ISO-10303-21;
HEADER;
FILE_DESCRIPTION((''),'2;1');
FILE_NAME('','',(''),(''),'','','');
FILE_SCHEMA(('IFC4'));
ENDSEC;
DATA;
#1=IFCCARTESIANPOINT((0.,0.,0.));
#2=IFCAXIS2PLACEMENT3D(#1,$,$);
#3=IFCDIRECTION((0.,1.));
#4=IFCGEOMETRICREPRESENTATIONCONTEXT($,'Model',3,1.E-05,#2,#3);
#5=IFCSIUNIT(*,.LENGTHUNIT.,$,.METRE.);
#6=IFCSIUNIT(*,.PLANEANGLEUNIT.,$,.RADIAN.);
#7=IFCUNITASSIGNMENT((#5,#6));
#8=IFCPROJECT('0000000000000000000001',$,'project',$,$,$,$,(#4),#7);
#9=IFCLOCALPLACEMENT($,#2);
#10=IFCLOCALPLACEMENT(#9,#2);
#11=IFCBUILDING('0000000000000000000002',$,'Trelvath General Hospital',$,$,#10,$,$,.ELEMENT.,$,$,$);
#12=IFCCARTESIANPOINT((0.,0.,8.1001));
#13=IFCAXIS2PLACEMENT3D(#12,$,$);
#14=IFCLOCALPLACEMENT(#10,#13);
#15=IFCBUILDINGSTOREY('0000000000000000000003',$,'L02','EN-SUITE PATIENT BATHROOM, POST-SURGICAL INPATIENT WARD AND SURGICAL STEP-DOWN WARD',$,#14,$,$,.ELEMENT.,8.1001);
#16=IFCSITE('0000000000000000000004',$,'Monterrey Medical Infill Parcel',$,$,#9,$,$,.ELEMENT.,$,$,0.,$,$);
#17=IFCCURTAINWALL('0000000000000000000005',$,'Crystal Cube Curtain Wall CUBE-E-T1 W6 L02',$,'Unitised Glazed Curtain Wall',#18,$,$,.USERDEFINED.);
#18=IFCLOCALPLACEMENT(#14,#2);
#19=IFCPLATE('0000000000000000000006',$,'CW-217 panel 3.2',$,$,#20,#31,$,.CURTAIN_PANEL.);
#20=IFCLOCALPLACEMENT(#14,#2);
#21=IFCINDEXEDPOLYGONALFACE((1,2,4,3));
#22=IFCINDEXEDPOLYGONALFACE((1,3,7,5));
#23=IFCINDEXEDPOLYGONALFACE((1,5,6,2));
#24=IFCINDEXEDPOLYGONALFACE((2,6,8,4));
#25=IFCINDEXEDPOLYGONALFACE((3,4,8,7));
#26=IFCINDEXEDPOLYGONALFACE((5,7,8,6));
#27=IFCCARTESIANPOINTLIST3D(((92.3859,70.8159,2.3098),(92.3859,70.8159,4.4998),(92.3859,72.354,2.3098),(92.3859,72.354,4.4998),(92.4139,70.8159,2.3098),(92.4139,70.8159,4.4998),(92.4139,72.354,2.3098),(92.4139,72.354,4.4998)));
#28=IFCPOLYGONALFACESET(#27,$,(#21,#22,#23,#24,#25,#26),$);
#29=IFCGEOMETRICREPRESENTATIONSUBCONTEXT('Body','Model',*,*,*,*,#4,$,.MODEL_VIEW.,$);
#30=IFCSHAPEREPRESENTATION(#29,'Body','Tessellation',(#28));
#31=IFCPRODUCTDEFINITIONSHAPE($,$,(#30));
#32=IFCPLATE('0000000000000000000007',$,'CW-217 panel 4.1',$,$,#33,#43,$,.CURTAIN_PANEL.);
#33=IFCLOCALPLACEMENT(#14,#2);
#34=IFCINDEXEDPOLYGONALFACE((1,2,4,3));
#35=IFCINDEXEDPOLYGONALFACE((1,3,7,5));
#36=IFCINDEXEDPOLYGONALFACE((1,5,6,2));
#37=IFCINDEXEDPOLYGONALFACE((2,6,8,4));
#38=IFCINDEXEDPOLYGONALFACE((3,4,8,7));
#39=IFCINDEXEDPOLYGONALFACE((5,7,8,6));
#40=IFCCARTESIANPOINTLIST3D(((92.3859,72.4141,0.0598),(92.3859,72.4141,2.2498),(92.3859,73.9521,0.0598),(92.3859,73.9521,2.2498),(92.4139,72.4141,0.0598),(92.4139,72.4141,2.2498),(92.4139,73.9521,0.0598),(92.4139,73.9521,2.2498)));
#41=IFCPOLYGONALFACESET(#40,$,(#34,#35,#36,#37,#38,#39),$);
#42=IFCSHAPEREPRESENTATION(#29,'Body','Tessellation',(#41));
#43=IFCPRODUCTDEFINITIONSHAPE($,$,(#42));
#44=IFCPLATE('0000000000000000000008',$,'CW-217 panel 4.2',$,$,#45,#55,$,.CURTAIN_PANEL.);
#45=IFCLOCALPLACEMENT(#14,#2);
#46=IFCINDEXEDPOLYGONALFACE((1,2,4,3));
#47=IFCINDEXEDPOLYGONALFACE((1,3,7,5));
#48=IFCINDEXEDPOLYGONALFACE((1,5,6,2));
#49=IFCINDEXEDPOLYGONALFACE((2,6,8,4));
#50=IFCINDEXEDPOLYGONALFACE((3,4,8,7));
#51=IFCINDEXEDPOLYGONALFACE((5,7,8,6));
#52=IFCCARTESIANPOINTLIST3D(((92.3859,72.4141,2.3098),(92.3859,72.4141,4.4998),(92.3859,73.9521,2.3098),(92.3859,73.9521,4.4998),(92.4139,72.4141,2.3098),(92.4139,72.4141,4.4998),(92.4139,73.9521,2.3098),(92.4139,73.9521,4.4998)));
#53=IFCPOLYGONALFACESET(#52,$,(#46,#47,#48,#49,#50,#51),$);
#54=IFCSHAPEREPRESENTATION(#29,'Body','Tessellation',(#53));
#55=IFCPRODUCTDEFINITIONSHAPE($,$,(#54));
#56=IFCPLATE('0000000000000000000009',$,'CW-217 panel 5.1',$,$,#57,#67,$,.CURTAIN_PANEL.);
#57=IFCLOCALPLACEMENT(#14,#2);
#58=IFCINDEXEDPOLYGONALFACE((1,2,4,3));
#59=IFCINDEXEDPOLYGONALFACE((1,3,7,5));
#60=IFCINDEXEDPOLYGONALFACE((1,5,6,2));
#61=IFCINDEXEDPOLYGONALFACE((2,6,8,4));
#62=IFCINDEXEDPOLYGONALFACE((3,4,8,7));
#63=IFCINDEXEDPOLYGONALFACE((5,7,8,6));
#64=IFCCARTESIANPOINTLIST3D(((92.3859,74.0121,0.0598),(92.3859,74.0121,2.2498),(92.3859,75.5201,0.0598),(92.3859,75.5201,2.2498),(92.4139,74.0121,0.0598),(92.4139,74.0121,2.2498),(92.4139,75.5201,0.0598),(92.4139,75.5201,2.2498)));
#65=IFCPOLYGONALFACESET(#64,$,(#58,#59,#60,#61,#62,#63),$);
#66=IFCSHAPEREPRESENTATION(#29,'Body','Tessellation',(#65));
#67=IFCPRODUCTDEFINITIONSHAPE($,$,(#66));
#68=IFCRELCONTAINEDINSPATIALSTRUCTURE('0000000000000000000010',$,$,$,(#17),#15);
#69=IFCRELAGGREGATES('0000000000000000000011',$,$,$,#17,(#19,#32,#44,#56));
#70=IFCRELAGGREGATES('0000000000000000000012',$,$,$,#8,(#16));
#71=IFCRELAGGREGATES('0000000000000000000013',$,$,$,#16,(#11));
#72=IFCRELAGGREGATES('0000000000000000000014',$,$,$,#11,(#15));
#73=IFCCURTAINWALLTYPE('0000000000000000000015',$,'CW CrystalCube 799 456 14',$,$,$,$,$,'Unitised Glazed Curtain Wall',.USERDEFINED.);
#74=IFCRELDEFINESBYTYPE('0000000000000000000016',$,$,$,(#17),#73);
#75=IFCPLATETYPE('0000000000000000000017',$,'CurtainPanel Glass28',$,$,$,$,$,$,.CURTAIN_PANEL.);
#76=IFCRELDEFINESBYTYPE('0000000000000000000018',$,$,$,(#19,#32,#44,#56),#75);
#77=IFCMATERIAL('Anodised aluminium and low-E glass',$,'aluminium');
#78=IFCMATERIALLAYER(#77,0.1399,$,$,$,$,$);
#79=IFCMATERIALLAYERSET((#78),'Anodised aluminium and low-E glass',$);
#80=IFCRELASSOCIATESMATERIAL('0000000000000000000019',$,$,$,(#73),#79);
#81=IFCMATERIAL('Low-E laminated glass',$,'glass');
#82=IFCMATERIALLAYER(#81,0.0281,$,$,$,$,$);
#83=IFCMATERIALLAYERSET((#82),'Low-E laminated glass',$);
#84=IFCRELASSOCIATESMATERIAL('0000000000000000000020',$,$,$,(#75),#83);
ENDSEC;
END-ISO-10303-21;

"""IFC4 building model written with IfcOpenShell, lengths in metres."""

from ifc_helpers import new_model, si_unit, direction, frame, origin, origin_2d, place, context, subcontext, project, spatial, rectangle, extrude, material, layer, layer_set, type_object, element, aggregate, save


model = new_model("IFC4")

# Units and contexts
model_context = context("Model", 3, precision=1e-05, world=origin(), true_north=direction((0.0, 1.0)))
body_context = subcontext(model_context, "Body", "Model", "MODEL_VIEW")
ifc_project = project(units=[si_unit("LENGTHUNIT", "METRE"), si_unit("PLANEANGLEUNIT", "RADIAN")], contexts=[model_context])

# Site, building, storey
site_placement = place(None, origin())
site = spatial("IfcSite", under=ifc_project, at=site_placement, Name="Monterrey Medical Infill Parcel", CompositionType="ELEMENT", RefElevation=0.0)
building_placement = place(site_placement, origin())
building = spatial("IfcBuilding", under=site, at=building_placement, Name="Trelvath General Hospital", CompositionType="ELEMENT")
storey_placement = place(building_placement, frame((0.0, 0.0, 8.1001)))
storey = spatial("IfcBuildingStorey", under=building, at=storey_placement, Name="L02", Description="EN-SUITE PATIENT BATHROOM, POST-SURGICAL INPATIENT WARD AND SURGICAL STEP-DOWN WARD", CompositionType="ELEMENT", Elevation=8.1001)

# Curtain wall, plates
ifc_material_1 = material(Name="Anodised aluminium and low-E glass", Category="aluminium")
ifc_layer_1 = layer(ifc_material_1, 0.1399)
ifc_layer_set_1 = layer_set([ifc_layer_1], Name="Anodised aluminium and low-E glass")
curtain_wall_type = type_object("IfcCurtainWallType", Name="CW CrystalCube 799 456 14", ElementType="Unitised Glazed Curtain Wall", PredefinedType="USERDEFINED", material=ifc_layer_set_1)
curtain_wall_placement = place(storey_placement, origin())
curtain_wall = element("IfcCurtainWall", 1, at=curtain_wall_placement, inside=storey, type_object=curtain_wall_type, Name="Crystal Cube Curtain Wall CUBE-E-T1 W6 L02", ObjectType="Unitised Glazed Curtain Wall", PredefinedType="USERDEFINED")
ifc_material_2 = material(Name="Low-E laminated glass", Category="glass")
ifc_layer_2 = layer(ifc_material_2, 0.0281)
ifc_layer_set_2 = layer_set([ifc_layer_2], Name="Low-E laminated glass")
plate_type = type_object("IfcPlateType", Name="CurtainPanel Glass28", PredefinedType="CURTAIN_PANEL", material=ifc_layer_set_2)
plate_1_placement = place(storey_placement, frame((92.3999, 71.585, 2.3098), z_axis=(0.0, 0.0, 1.0), x_axis=(0.0, 1.0, 0.0)))
plate_1 = element("IfcPlate", 2, at=plate_1_placement, type_object=plate_type, Name="CW-217 panel 3.2", PredefinedType="CURTAIN_PANEL", context=body_context, shape_type="SweptSolid", body=[
    extrude(rectangle(XDim=1.5381, YDim=0.0281, at=origin_2d()), origin(), (0.0, 0.0, 1.0), 2.1899),
])
plate_2_placement = place(storey_placement, frame((92.3999, 73.1831, 0.0598), z_axis=(0.0, 0.0, 1.0), x_axis=(0.0, 1.0, 0.0)))
plate_2 = element("IfcPlate", 3, at=plate_2_placement, type_object=plate_type, Name="CW-217 panel 4.1", PredefinedType="CURTAIN_PANEL", context=body_context, shape_type="SweptSolid", body=[
    extrude(rectangle(XDim=1.5381, YDim=0.0281, at=origin_2d()), origin(), (0.0, 0.0, 1.0), 2.1899),
])
plate_3_placement = place(storey_placement, frame((92.3999, 73.1831, 2.3098), z_axis=(0.0, 0.0, 1.0), x_axis=(0.0, 1.0, 0.0)))
plate_3 = element("IfcPlate", 4, at=plate_3_placement, type_object=plate_type, Name="CW-217 panel 4.2", PredefinedType="CURTAIN_PANEL", context=body_context, shape_type="SweptSolid", body=[
    extrude(rectangle(XDim=1.5381, YDim=0.0281, at=origin_2d()), origin(), (0.0, 0.0, 1.0), 2.1899),
])
plate_4_placement = place(storey_placement, frame((92.3999, 74.7661, 0.0598), z_axis=(0.0, 0.0, 1.0), x_axis=(0.0, 1.0, 0.0)))
plate_4 = element("IfcPlate", 5, at=plate_4_placement, type_object=plate_type, Name="CW-217 panel 5.1", PredefinedType="CURTAIN_PANEL", context=body_context, shape_type="SweptSolid", body=[
    extrude(rectangle(XDim=1.5081, YDim=0.0281, at=origin_2d()), origin(), (0.0, 0.0, 1.0), 2.1899),
])
aggregate(curtain_wall, [plate_1, plate_2, plate_3, plate_4])

save(model, "model.ifc")
